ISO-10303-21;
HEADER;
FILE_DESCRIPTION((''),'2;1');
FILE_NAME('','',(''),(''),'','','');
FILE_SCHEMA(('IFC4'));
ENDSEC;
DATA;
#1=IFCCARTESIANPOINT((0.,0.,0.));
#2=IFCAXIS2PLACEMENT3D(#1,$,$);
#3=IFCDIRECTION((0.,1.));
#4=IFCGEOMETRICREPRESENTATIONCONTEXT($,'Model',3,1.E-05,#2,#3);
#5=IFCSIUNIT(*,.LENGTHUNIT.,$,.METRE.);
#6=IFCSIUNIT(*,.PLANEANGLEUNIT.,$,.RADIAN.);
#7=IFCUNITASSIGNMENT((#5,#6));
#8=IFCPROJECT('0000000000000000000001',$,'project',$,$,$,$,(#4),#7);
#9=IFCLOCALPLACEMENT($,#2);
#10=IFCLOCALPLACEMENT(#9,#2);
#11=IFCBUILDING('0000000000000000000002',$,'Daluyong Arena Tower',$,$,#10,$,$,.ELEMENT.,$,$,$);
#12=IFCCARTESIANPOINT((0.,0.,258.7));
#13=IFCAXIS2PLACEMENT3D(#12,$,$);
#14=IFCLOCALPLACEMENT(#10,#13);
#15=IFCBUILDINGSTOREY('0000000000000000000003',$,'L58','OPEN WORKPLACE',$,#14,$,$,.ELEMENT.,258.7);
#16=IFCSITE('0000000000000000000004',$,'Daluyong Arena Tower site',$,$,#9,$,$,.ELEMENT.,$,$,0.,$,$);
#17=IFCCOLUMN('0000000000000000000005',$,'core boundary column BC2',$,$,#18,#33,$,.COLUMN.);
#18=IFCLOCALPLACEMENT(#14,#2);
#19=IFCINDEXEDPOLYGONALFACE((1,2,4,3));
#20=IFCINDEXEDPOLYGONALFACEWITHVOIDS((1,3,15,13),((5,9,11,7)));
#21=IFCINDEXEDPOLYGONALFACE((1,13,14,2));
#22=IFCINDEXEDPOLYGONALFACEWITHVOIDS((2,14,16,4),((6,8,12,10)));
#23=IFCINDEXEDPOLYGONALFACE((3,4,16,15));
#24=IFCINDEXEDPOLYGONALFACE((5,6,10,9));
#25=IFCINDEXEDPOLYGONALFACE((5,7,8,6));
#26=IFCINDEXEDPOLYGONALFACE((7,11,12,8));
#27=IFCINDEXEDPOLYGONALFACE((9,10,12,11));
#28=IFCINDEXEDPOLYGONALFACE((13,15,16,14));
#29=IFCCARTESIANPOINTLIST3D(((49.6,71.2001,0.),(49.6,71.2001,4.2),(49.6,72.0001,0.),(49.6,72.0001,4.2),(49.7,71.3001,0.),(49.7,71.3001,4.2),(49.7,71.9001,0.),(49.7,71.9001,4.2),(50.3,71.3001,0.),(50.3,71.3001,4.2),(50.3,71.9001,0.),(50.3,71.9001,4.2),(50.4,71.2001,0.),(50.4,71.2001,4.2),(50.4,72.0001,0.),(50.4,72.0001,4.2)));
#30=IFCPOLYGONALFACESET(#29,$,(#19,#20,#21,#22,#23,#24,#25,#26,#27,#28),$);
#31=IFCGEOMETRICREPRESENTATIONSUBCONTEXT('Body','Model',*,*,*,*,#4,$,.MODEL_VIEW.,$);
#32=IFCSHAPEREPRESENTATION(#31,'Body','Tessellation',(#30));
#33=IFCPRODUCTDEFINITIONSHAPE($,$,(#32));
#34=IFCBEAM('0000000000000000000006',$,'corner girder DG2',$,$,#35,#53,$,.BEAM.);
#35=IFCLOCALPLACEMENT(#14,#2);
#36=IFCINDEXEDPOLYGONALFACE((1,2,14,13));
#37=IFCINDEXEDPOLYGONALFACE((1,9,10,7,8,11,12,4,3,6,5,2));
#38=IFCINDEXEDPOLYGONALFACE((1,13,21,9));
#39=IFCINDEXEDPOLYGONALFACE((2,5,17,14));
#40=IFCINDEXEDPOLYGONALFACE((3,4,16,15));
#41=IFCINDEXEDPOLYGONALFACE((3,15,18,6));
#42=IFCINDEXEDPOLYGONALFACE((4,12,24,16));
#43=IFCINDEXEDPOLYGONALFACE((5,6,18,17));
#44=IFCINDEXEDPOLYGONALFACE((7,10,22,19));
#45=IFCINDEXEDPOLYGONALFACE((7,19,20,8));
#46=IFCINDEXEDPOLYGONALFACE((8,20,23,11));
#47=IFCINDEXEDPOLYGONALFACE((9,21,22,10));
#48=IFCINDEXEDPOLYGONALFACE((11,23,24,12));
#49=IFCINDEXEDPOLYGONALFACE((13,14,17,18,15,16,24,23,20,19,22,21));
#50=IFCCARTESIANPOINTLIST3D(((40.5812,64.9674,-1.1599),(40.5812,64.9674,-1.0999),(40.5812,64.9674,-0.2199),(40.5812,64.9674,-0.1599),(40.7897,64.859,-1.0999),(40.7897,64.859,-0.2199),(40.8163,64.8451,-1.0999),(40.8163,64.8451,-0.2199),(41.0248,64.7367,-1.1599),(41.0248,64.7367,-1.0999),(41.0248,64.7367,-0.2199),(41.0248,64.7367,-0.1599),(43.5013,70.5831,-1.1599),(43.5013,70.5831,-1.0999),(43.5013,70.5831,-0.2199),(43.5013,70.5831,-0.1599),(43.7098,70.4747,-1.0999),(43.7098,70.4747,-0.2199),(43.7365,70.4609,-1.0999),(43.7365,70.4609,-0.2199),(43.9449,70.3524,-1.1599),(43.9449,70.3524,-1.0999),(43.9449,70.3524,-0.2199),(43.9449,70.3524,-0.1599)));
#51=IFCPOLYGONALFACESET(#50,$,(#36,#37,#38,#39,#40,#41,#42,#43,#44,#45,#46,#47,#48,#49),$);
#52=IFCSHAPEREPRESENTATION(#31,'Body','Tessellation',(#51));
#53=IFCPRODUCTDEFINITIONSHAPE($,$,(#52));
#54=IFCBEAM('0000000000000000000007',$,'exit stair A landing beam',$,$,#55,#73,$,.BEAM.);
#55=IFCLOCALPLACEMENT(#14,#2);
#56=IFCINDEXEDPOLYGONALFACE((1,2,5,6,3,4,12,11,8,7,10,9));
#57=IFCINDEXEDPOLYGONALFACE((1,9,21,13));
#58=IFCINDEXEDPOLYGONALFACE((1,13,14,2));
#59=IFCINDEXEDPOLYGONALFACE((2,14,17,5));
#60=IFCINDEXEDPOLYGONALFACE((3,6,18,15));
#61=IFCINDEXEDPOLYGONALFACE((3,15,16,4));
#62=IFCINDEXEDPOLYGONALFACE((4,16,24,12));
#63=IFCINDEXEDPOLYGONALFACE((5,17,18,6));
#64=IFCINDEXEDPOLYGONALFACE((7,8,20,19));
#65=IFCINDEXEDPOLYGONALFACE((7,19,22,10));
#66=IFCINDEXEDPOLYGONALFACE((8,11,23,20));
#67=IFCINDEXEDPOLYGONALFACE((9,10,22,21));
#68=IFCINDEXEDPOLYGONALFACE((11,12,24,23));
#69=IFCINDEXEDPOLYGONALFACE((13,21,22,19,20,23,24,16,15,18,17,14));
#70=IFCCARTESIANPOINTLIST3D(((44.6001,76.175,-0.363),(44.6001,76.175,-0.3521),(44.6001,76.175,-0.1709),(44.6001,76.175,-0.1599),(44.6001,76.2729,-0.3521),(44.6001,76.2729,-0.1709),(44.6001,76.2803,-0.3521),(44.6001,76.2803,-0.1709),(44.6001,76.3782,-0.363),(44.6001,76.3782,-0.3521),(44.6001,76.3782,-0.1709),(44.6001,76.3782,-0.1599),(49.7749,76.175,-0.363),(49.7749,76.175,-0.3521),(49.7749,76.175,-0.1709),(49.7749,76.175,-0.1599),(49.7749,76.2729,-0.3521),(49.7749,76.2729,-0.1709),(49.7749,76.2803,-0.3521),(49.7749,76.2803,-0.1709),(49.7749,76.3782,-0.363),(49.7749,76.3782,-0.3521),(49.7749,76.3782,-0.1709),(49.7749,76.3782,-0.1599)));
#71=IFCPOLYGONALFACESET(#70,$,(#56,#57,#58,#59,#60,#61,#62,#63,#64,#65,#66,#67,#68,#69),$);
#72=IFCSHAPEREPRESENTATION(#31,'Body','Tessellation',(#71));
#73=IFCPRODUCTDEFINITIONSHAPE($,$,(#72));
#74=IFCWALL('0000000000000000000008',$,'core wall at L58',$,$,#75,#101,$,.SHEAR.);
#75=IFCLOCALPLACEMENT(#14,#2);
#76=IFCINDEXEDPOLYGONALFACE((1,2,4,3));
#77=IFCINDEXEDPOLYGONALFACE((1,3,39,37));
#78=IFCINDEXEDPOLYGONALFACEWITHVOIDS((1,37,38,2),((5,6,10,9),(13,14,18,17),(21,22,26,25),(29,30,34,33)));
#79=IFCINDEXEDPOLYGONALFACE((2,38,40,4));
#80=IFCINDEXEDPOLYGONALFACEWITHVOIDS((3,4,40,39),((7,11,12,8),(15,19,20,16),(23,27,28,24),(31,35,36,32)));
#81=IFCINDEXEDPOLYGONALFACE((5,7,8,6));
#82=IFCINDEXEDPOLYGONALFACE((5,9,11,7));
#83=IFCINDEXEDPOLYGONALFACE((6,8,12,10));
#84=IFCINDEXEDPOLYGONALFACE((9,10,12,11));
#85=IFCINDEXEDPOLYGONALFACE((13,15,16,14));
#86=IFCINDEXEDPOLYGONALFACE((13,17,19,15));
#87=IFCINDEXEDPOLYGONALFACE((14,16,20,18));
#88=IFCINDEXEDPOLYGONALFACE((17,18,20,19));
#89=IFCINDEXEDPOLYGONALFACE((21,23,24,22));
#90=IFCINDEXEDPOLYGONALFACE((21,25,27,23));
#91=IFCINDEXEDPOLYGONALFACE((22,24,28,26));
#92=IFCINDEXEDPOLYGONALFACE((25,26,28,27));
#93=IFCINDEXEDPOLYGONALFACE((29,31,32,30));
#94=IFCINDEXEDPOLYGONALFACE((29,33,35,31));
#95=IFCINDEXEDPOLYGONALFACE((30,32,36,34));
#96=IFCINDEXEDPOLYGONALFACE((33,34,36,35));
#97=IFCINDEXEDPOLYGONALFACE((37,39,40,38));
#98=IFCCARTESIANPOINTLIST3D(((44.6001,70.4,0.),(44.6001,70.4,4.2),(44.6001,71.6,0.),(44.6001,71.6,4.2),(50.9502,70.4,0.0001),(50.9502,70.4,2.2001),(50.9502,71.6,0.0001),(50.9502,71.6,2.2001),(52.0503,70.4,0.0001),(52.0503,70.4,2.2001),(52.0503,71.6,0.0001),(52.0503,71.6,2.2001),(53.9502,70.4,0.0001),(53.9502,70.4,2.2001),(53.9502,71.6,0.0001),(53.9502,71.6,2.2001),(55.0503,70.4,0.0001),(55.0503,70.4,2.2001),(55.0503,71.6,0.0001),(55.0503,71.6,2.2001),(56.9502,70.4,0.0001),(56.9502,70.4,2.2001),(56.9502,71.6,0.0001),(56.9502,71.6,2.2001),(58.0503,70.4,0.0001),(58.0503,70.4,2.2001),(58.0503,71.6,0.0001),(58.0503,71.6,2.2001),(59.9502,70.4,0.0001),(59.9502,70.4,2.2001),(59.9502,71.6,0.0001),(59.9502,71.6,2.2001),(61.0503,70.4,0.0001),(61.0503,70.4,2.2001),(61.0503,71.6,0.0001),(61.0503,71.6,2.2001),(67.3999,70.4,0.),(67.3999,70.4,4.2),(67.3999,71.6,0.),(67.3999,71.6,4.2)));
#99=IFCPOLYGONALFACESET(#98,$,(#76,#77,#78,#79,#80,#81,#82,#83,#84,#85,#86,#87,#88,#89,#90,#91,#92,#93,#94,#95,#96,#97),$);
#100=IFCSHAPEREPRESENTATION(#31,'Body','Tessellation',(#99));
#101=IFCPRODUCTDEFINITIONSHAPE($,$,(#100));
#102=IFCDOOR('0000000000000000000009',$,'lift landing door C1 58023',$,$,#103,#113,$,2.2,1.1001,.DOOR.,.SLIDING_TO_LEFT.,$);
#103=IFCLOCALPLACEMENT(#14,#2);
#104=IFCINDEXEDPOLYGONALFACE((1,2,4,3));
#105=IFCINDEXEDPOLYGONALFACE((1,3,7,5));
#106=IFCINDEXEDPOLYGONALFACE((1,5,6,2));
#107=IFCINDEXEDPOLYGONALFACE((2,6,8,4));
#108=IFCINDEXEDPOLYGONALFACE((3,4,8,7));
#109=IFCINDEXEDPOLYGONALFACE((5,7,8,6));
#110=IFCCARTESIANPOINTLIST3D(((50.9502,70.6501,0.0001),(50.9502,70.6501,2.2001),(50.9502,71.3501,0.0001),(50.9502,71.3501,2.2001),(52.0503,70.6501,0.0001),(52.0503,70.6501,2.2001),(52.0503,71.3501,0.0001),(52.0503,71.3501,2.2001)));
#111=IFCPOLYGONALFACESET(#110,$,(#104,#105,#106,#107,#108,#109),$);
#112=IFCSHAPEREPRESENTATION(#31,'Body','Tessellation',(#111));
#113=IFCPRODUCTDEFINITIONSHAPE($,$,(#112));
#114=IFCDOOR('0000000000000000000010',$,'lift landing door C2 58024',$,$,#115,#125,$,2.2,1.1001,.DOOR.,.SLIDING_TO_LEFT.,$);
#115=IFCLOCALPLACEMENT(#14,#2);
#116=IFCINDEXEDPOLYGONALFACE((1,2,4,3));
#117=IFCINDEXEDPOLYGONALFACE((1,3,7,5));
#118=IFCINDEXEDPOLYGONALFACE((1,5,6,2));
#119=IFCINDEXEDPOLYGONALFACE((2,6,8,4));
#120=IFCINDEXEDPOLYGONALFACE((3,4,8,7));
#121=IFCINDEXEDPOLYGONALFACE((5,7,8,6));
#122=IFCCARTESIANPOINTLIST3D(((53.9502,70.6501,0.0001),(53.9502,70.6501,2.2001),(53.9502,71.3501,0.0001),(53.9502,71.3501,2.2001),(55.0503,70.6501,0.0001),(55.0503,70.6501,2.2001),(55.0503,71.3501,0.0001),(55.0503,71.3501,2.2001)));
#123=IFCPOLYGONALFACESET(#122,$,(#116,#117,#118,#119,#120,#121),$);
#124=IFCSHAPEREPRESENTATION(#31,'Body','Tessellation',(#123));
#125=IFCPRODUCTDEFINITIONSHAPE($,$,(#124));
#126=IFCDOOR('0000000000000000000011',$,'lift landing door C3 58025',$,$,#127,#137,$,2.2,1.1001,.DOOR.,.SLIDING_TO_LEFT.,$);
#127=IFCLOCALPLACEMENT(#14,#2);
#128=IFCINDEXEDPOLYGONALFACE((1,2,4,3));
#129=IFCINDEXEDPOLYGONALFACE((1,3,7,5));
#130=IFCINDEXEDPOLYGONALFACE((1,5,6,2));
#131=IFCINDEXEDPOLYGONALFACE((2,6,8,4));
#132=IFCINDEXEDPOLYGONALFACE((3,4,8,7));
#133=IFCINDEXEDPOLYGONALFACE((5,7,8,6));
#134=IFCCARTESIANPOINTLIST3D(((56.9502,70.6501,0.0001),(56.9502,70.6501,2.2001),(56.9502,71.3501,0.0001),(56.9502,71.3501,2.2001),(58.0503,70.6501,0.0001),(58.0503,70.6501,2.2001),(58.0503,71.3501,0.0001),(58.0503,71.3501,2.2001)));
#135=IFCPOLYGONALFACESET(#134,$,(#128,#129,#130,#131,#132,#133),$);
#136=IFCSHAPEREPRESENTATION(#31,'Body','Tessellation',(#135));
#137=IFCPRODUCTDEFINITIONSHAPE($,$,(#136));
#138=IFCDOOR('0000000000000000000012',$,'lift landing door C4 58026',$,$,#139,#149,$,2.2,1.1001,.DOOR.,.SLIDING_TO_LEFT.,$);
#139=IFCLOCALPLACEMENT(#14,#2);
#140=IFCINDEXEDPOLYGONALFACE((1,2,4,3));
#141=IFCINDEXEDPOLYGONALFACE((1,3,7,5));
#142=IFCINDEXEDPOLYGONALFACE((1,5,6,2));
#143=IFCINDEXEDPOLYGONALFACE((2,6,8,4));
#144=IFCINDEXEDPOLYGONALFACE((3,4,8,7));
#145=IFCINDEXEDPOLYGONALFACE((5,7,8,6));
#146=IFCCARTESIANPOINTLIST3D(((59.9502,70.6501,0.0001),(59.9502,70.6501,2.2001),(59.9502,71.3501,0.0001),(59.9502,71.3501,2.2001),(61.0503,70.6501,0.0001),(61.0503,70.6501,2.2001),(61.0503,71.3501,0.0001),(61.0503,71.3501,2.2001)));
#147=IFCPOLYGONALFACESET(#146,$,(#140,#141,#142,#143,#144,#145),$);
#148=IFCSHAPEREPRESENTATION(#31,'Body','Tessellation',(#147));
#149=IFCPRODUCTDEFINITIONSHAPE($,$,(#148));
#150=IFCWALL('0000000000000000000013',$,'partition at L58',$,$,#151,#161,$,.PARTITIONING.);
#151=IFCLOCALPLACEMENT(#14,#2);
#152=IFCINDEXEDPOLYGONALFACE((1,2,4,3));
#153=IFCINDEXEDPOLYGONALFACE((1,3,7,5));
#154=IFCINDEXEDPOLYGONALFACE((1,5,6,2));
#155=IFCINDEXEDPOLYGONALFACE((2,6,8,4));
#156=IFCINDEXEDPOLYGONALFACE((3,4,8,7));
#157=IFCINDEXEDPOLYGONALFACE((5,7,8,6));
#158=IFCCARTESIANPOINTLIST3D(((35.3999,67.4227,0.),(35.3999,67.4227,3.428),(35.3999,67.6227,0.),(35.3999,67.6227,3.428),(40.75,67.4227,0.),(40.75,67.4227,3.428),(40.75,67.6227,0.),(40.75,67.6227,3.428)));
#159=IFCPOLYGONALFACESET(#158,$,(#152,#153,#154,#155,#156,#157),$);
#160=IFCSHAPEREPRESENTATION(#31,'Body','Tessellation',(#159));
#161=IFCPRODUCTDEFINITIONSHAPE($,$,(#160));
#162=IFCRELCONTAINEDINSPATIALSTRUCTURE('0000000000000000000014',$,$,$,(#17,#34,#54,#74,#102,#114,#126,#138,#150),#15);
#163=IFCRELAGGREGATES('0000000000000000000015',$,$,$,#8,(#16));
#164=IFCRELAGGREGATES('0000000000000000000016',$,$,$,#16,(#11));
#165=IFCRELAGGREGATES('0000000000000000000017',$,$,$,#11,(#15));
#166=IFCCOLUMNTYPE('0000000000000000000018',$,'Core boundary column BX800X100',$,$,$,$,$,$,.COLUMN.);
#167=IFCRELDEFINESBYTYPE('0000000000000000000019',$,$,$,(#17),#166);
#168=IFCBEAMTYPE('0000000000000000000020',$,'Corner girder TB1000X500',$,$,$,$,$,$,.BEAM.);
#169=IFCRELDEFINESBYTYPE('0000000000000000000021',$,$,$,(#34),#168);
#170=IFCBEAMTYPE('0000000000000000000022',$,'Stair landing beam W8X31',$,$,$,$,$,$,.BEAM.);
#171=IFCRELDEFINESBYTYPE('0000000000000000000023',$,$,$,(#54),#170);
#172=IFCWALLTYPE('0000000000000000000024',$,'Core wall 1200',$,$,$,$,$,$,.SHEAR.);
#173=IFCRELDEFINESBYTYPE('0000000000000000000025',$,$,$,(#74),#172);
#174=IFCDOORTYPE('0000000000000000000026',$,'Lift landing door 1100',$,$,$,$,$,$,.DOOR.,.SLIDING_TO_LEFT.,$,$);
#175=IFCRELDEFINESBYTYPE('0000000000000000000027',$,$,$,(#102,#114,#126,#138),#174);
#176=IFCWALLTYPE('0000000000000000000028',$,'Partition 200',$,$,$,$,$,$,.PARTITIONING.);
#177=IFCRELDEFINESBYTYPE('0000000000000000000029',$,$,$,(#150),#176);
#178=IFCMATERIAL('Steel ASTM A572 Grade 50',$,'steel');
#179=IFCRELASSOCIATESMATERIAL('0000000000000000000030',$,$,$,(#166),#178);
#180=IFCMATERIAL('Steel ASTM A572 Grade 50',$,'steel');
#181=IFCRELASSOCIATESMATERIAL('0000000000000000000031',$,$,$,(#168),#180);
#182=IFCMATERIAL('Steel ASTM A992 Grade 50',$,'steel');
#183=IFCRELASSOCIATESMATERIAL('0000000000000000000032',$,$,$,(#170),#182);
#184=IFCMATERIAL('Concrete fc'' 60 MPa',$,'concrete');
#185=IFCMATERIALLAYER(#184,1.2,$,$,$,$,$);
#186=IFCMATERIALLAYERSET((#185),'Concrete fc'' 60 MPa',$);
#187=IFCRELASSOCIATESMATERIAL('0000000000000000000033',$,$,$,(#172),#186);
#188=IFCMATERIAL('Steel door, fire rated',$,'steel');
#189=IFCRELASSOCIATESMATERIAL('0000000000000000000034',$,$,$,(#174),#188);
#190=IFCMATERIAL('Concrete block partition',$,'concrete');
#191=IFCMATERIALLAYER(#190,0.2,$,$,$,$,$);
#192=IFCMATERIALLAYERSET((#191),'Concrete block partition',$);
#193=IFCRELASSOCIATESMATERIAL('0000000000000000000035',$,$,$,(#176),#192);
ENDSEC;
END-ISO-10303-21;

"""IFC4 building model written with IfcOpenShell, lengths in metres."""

from ifc_helpers import new_model, si_unit, direction, frame, frame_2d, origin, origin_2d, place, context, subcontext, project, spatial, rectangle, hollow_rectangle, i_section, extrude, material, layer, layer_set, material_profile, profile_set, type_object, element, fill, save


model = new_model("IFC4")

# Units and contexts
model_context = context("Model", 3, precision=1e-05, world=origin(), true_north=direction((0.0, 1.0)))
body_context = subcontext(model_context, "Body", "Model", "MODEL_VIEW")
ifc_project = project(units=[si_unit("LENGTHUNIT", "METRE"), si_unit("PLANEANGLEUNIT", "RADIAN")], contexts=[model_context])

# Site, building, storey
site_placement = place(None, origin())
site = spatial("IfcSite", under=ifc_project, at=site_placement, Name="Daluyong Arena Tower site", CompositionType="ELEMENT", RefElevation=0.0)
building_placement = place(site_placement, origin())
building = spatial("IfcBuilding", under=site, at=building_placement, Name="Daluyong Arena Tower", CompositionType="ELEMENT")
storey_placement = place(building_placement, frame((0.0, 0.0, 258.7)))
storey = spatial("IfcBuildingStorey", under=building, at=storey_placement, Name="L58", Description="OPEN WORKPLACE", CompositionType="ELEMENT", Elevation=258.7)

# Column
ifc_material_1 = material(Name="Steel ASTM A572 Grade 50", Category="steel")
ifc_material_profile_1 = material_profile(ifc_material_1, hollow_rectangle(XDim=0.8, YDim=0.8, WallThickness=0.1, at=origin_2d()))
ifc_profile_set_1 = profile_set([ifc_material_profile_1], Name="Steel ASTM A572 Grade 50")
column_type = type_object("IfcColumnType", Name="Core boundary column BX800X100", PredefinedType="COLUMN", material=ifc_profile_set_1)
column_placement = place(storey_placement, frame((50.0, 71.6001, 0.0), z_axis=(0.0, 0.0, 1.0), x_axis=(1.0, 0.0, 0.0)))
element("IfcColumn", 1, at=column_placement, inside=storey, type_object=column_type, Name="core boundary column BC2", PredefinedType="COLUMN", context=body_context, shape_type="SweptSolid", body=[
    extrude(hollow_rectangle(XDim=0.8, YDim=0.8, WallThickness=0.1, at=origin_2d()), origin(), (0.0, 0.0, 1.0), 4.2),
])

# Beams
ifc_material_2 = material(Name="Steel ASTM A572 Grade 50", Category="steel")
ifc_material_profile_2 = material_profile(ifc_material_2, i_section(OverallWidth=0.5, OverallDepth=1.0, WebThickness=0.03, FlangeThickness=0.06, at=origin_2d()))
ifc_profile_set_2 = profile_set([ifc_material_profile_2], Name="Steel ASTM A572 Grade 50")
beam_type_1 = type_object("IfcBeamType", Name="Corner girder TB1000X500", PredefinedType="BEAM", material=ifc_profile_set_2)
beam_1_placement = place(storey_placement, frame((40.803, 64.8521, -0.6599), z_axis=(0.461352, 0.887217, 0.0), x_axis=(-0.887217, 0.461352, 0.0)))
element("IfcBeam", 2, at=beam_1_placement, inside=storey, type_object=beam_type_1, Name="corner girder DG2", PredefinedType="BEAM", context=body_context, shape_type="SweptSolid", body=[
    extrude(i_section(OverallWidth=0.5, OverallDepth=1.0, WebThickness=0.03, FlangeThickness=0.06, at=origin_2d()), origin(), (0.0, 0.0, 1.0), 6.3296),
])
ifc_material_3 = material(Name="Steel ASTM A992 Grade 50", Category="steel")
ifc_material_profile_3 = material_profile(ifc_material_3, i_section(OverallWidth=0.2031, OverallDepth=0.2031, WebThickness=0.0073, FlangeThickness=0.011, at=origin_2d()))
ifc_profile_set_3 = profile_set([ifc_material_profile_3], Name="Steel ASTM A992 Grade 50")
beam_type_2 = type_object("IfcBeamType", Name="Stair landing beam W8X31", PredefinedType="BEAM", material=ifc_profile_set_3)
beam_2_placement = place(storey_placement, frame((44.6001, 76.2766, -0.2615), z_axis=(1.0, 0.0, 0.0), x_axis=(0.0, 1.0, 0.0)))
element("IfcBeam", 3, at=beam_2_placement, inside=storey, type_object=beam_type_2, Name="exit stair A landing beam", PredefinedType="BEAM", context=body_context, shape_type="SweptSolid", body=[
    extrude(i_section(OverallWidth=0.2031, OverallDepth=0.2031, WebThickness=0.0073, FlangeThickness=0.011, at=origin_2d()), origin(), (0.0, 0.0, 1.0), 5.1748),
])

# Shared definitions
ifc_material_4 = material(Name="Concrete fc' 60 MPa", Category="concrete")
ifc_layer_1 = layer(ifc_material_4, 1.2)
ifc_layer_set_1 = layer_set([ifc_layer_1], Name="Concrete fc' 60 MPa")
wall_type_1 = type_object("IfcWallType", Name="Core wall 1200", PredefinedType="SHEAR", material=ifc_layer_set_1)

# Wall, openings, doors
wall_1_placement = place(storey_placement, frame((44.6001, 71.0, 0.0), z_axis=(0.0, 0.0, 1.0), x_axis=(1.0, 0.0, 0.0)))
wall_1 = element("IfcWall", 4, at=wall_1_placement, inside=storey, type_object=wall_type_1, Name="core wall at L58", PredefinedType="SHEAR", context=body_context, shape_type="SweptSolid", body=[
    extrude(rectangle(XDim=22.7998, YDim=1.2, at=frame_2d((11.3999, 0.0))), origin(), (0.0, 0.0, 1.0), 4.2),
])
opening_1_placement = place(wall_1_placement, frame((6.3501, 0.0, 0.0)))
opening_1 = element("IfcOpeningElement", 5, at=opening_1_placement, cuts=wall_1, PredefinedType="OPENING", context=body_context, shape_type="SweptSolid", body=[
    extrude(rectangle(XDim=1.1001, YDim=2.2, at=frame_2d((0.55, 1.1001))), frame((0.0, 0.6099, 0.0), z_axis=(0.0, -1.0, 0.0), x_axis=(1.0, 0.0, 0.0)), (0.0, 0.0, 1.0), 1.22),
])
opening_2_placement = place(wall_1_placement, frame((9.3501, 0.0, 0.0)))
opening_2 = element("IfcOpeningElement", 6, at=opening_2_placement, cuts=wall_1, PredefinedType="OPENING", context=body_context, shape_type="SweptSolid", body=[
    extrude(rectangle(XDim=1.1001, YDim=2.2, at=frame_2d((0.55, 1.1001))), frame((0.0, 0.6099, 0.0), z_axis=(0.0, -1.0, 0.0), x_axis=(1.0, 0.0, 0.0)), (0.0, 0.0, 1.0), 1.22),
])
opening_3_placement = place(wall_1_placement, frame((12.3501, 0.0, 0.0)))
opening_3 = element("IfcOpeningElement", 7, at=opening_3_placement, cuts=wall_1, PredefinedType="OPENING", context=body_context, shape_type="SweptSolid", body=[
    extrude(rectangle(XDim=1.1001, YDim=2.2, at=frame_2d((0.55, 1.1001))), frame((0.0, 0.6099, 0.0), z_axis=(0.0, -1.0, 0.0), x_axis=(1.0, 0.0, 0.0)), (0.0, 0.0, 1.0), 1.22),
])
opening_4_placement = place(wall_1_placement, frame((15.3501, 0.0, 0.0)))
opening_4 = element("IfcOpeningElement", 8, at=opening_4_placement, cuts=wall_1, PredefinedType="OPENING", context=body_context, shape_type="SweptSolid", body=[
    extrude(rectangle(XDim=1.1001, YDim=2.2, at=frame_2d((0.55, 1.1001))), frame((0.0, 0.6099, 0.0), z_axis=(0.0, -1.0, 0.0), x_axis=(1.0, 0.0, 0.0)), (0.0, 0.0, 1.0), 1.22),
])
ifc_material_5 = material(Name="Steel door, fire rated", Category="steel")
door_type_1 = type_object("IfcDoorType", Name="Lift landing door 1100", OperationType="SLIDING_TO_LEFT", PredefinedType="DOOR", material=ifc_material_5)
door_1_placement = place(opening_1_placement, origin())
door_1 = element("IfcDoor", 9, at=door_1_placement, inside=storey, type_object=door_type_1, Name="lift landing door C1 58023", OperationType="SLIDING_TO_LEFT", OverallHeight=2.2, OverallWidth=1.1001, PredefinedType="DOOR", context=body_context, shape_type="SweptSolid", body=[
    extrude(rectangle(XDim=1.1001, YDim=2.2, at=frame_2d((0.55, 1.1001))), frame((0.0, 0.3501, 0.0), z_axis=(0.0, -1.0, 0.0), x_axis=(1.0, 0.0, 0.0)), (0.0, 0.0, 1.0), 0.7),
])
fill(opening_1, door_1)
door_2_placement = place(opening_2_placement, origin())
door_2 = element("IfcDoor", 10, at=door_2_placement, inside=storey, type_object=door_type_1, Name="lift landing door C2 58024", OperationType="SLIDING_TO_LEFT", OverallHeight=2.2, OverallWidth=1.1001, PredefinedType="DOOR", context=body_context, shape_type="SweptSolid", body=[
    extrude(rectangle(XDim=1.1001, YDim=2.2, at=frame_2d((0.55, 1.1001))), frame((0.0, 0.3501, 0.0), z_axis=(0.0, -1.0, 0.0), x_axis=(1.0, 0.0, 0.0)), (0.0, 0.0, 1.0), 0.7),
])
fill(opening_2, door_2)
door_3_placement = place(opening_3_placement, origin())
door_3 = element("IfcDoor", 11, at=door_3_placement, inside=storey, type_object=door_type_1, Name="lift landing door C3 58025", OperationType="SLIDING_TO_LEFT", OverallHeight=2.2, OverallWidth=1.1001, PredefinedType="DOOR", context=body_context, shape_type="SweptSolid", body=[
    extrude(rectangle(XDim=1.1001, YDim=2.2, at=frame_2d((0.55, 1.1001))), frame((0.0, 0.3501, 0.0), z_axis=(0.0, -1.0, 0.0), x_axis=(1.0, 0.0, 0.0)), (0.0, 0.0, 1.0), 0.7),
])
fill(opening_3, door_3)
door_4_placement = place(opening_4_placement, origin())
door_4 = element("IfcDoor", 12, at=door_4_placement, inside=storey, type_object=door_type_1, Name="lift landing door C4 58026", OperationType="SLIDING_TO_LEFT", OverallHeight=2.2, OverallWidth=1.1001, PredefinedType="DOOR", context=body_context, shape_type="SweptSolid", body=[
    extrude(rectangle(XDim=1.1001, YDim=2.2, at=frame_2d((0.55, 1.1001))), frame((0.0, 0.3501, 0.0), z_axis=(0.0, -1.0, 0.0), x_axis=(1.0, 0.0, 0.0)), (0.0, 0.0, 1.0), 0.7),
])
fill(opening_4, door_4)

# Wall
ifc_material_6 = material(Name="Concrete block partition", Category="concrete")
ifc_layer_2 = layer(ifc_material_6, 0.2)
ifc_layer_set_2 = layer_set([ifc_layer_2], Name="Concrete block partition")
wall_type_2 = type_object("IfcWallType", Name="Partition 200", PredefinedType="PARTITIONING", material=ifc_layer_set_2)
wall_2_placement = place(storey_placement, frame((35.3999, 67.5227, 0.0), z_axis=(0.0, 0.0, 1.0), x_axis=(1.0, 0.0, 0.0)))
element("IfcWall", 13, at=wall_2_placement, inside=storey, type_object=wall_type_2, Name="partition at L58", PredefinedType="PARTITIONING", context=body_context, shape_type="SweptSolid", body=[
    extrude(rectangle(XDim=5.3501, YDim=0.2, at=frame_2d((2.675, 0.0))), origin(), (0.0, 0.0, 1.0), 3.428),
])

save(model, "model.ifc")
